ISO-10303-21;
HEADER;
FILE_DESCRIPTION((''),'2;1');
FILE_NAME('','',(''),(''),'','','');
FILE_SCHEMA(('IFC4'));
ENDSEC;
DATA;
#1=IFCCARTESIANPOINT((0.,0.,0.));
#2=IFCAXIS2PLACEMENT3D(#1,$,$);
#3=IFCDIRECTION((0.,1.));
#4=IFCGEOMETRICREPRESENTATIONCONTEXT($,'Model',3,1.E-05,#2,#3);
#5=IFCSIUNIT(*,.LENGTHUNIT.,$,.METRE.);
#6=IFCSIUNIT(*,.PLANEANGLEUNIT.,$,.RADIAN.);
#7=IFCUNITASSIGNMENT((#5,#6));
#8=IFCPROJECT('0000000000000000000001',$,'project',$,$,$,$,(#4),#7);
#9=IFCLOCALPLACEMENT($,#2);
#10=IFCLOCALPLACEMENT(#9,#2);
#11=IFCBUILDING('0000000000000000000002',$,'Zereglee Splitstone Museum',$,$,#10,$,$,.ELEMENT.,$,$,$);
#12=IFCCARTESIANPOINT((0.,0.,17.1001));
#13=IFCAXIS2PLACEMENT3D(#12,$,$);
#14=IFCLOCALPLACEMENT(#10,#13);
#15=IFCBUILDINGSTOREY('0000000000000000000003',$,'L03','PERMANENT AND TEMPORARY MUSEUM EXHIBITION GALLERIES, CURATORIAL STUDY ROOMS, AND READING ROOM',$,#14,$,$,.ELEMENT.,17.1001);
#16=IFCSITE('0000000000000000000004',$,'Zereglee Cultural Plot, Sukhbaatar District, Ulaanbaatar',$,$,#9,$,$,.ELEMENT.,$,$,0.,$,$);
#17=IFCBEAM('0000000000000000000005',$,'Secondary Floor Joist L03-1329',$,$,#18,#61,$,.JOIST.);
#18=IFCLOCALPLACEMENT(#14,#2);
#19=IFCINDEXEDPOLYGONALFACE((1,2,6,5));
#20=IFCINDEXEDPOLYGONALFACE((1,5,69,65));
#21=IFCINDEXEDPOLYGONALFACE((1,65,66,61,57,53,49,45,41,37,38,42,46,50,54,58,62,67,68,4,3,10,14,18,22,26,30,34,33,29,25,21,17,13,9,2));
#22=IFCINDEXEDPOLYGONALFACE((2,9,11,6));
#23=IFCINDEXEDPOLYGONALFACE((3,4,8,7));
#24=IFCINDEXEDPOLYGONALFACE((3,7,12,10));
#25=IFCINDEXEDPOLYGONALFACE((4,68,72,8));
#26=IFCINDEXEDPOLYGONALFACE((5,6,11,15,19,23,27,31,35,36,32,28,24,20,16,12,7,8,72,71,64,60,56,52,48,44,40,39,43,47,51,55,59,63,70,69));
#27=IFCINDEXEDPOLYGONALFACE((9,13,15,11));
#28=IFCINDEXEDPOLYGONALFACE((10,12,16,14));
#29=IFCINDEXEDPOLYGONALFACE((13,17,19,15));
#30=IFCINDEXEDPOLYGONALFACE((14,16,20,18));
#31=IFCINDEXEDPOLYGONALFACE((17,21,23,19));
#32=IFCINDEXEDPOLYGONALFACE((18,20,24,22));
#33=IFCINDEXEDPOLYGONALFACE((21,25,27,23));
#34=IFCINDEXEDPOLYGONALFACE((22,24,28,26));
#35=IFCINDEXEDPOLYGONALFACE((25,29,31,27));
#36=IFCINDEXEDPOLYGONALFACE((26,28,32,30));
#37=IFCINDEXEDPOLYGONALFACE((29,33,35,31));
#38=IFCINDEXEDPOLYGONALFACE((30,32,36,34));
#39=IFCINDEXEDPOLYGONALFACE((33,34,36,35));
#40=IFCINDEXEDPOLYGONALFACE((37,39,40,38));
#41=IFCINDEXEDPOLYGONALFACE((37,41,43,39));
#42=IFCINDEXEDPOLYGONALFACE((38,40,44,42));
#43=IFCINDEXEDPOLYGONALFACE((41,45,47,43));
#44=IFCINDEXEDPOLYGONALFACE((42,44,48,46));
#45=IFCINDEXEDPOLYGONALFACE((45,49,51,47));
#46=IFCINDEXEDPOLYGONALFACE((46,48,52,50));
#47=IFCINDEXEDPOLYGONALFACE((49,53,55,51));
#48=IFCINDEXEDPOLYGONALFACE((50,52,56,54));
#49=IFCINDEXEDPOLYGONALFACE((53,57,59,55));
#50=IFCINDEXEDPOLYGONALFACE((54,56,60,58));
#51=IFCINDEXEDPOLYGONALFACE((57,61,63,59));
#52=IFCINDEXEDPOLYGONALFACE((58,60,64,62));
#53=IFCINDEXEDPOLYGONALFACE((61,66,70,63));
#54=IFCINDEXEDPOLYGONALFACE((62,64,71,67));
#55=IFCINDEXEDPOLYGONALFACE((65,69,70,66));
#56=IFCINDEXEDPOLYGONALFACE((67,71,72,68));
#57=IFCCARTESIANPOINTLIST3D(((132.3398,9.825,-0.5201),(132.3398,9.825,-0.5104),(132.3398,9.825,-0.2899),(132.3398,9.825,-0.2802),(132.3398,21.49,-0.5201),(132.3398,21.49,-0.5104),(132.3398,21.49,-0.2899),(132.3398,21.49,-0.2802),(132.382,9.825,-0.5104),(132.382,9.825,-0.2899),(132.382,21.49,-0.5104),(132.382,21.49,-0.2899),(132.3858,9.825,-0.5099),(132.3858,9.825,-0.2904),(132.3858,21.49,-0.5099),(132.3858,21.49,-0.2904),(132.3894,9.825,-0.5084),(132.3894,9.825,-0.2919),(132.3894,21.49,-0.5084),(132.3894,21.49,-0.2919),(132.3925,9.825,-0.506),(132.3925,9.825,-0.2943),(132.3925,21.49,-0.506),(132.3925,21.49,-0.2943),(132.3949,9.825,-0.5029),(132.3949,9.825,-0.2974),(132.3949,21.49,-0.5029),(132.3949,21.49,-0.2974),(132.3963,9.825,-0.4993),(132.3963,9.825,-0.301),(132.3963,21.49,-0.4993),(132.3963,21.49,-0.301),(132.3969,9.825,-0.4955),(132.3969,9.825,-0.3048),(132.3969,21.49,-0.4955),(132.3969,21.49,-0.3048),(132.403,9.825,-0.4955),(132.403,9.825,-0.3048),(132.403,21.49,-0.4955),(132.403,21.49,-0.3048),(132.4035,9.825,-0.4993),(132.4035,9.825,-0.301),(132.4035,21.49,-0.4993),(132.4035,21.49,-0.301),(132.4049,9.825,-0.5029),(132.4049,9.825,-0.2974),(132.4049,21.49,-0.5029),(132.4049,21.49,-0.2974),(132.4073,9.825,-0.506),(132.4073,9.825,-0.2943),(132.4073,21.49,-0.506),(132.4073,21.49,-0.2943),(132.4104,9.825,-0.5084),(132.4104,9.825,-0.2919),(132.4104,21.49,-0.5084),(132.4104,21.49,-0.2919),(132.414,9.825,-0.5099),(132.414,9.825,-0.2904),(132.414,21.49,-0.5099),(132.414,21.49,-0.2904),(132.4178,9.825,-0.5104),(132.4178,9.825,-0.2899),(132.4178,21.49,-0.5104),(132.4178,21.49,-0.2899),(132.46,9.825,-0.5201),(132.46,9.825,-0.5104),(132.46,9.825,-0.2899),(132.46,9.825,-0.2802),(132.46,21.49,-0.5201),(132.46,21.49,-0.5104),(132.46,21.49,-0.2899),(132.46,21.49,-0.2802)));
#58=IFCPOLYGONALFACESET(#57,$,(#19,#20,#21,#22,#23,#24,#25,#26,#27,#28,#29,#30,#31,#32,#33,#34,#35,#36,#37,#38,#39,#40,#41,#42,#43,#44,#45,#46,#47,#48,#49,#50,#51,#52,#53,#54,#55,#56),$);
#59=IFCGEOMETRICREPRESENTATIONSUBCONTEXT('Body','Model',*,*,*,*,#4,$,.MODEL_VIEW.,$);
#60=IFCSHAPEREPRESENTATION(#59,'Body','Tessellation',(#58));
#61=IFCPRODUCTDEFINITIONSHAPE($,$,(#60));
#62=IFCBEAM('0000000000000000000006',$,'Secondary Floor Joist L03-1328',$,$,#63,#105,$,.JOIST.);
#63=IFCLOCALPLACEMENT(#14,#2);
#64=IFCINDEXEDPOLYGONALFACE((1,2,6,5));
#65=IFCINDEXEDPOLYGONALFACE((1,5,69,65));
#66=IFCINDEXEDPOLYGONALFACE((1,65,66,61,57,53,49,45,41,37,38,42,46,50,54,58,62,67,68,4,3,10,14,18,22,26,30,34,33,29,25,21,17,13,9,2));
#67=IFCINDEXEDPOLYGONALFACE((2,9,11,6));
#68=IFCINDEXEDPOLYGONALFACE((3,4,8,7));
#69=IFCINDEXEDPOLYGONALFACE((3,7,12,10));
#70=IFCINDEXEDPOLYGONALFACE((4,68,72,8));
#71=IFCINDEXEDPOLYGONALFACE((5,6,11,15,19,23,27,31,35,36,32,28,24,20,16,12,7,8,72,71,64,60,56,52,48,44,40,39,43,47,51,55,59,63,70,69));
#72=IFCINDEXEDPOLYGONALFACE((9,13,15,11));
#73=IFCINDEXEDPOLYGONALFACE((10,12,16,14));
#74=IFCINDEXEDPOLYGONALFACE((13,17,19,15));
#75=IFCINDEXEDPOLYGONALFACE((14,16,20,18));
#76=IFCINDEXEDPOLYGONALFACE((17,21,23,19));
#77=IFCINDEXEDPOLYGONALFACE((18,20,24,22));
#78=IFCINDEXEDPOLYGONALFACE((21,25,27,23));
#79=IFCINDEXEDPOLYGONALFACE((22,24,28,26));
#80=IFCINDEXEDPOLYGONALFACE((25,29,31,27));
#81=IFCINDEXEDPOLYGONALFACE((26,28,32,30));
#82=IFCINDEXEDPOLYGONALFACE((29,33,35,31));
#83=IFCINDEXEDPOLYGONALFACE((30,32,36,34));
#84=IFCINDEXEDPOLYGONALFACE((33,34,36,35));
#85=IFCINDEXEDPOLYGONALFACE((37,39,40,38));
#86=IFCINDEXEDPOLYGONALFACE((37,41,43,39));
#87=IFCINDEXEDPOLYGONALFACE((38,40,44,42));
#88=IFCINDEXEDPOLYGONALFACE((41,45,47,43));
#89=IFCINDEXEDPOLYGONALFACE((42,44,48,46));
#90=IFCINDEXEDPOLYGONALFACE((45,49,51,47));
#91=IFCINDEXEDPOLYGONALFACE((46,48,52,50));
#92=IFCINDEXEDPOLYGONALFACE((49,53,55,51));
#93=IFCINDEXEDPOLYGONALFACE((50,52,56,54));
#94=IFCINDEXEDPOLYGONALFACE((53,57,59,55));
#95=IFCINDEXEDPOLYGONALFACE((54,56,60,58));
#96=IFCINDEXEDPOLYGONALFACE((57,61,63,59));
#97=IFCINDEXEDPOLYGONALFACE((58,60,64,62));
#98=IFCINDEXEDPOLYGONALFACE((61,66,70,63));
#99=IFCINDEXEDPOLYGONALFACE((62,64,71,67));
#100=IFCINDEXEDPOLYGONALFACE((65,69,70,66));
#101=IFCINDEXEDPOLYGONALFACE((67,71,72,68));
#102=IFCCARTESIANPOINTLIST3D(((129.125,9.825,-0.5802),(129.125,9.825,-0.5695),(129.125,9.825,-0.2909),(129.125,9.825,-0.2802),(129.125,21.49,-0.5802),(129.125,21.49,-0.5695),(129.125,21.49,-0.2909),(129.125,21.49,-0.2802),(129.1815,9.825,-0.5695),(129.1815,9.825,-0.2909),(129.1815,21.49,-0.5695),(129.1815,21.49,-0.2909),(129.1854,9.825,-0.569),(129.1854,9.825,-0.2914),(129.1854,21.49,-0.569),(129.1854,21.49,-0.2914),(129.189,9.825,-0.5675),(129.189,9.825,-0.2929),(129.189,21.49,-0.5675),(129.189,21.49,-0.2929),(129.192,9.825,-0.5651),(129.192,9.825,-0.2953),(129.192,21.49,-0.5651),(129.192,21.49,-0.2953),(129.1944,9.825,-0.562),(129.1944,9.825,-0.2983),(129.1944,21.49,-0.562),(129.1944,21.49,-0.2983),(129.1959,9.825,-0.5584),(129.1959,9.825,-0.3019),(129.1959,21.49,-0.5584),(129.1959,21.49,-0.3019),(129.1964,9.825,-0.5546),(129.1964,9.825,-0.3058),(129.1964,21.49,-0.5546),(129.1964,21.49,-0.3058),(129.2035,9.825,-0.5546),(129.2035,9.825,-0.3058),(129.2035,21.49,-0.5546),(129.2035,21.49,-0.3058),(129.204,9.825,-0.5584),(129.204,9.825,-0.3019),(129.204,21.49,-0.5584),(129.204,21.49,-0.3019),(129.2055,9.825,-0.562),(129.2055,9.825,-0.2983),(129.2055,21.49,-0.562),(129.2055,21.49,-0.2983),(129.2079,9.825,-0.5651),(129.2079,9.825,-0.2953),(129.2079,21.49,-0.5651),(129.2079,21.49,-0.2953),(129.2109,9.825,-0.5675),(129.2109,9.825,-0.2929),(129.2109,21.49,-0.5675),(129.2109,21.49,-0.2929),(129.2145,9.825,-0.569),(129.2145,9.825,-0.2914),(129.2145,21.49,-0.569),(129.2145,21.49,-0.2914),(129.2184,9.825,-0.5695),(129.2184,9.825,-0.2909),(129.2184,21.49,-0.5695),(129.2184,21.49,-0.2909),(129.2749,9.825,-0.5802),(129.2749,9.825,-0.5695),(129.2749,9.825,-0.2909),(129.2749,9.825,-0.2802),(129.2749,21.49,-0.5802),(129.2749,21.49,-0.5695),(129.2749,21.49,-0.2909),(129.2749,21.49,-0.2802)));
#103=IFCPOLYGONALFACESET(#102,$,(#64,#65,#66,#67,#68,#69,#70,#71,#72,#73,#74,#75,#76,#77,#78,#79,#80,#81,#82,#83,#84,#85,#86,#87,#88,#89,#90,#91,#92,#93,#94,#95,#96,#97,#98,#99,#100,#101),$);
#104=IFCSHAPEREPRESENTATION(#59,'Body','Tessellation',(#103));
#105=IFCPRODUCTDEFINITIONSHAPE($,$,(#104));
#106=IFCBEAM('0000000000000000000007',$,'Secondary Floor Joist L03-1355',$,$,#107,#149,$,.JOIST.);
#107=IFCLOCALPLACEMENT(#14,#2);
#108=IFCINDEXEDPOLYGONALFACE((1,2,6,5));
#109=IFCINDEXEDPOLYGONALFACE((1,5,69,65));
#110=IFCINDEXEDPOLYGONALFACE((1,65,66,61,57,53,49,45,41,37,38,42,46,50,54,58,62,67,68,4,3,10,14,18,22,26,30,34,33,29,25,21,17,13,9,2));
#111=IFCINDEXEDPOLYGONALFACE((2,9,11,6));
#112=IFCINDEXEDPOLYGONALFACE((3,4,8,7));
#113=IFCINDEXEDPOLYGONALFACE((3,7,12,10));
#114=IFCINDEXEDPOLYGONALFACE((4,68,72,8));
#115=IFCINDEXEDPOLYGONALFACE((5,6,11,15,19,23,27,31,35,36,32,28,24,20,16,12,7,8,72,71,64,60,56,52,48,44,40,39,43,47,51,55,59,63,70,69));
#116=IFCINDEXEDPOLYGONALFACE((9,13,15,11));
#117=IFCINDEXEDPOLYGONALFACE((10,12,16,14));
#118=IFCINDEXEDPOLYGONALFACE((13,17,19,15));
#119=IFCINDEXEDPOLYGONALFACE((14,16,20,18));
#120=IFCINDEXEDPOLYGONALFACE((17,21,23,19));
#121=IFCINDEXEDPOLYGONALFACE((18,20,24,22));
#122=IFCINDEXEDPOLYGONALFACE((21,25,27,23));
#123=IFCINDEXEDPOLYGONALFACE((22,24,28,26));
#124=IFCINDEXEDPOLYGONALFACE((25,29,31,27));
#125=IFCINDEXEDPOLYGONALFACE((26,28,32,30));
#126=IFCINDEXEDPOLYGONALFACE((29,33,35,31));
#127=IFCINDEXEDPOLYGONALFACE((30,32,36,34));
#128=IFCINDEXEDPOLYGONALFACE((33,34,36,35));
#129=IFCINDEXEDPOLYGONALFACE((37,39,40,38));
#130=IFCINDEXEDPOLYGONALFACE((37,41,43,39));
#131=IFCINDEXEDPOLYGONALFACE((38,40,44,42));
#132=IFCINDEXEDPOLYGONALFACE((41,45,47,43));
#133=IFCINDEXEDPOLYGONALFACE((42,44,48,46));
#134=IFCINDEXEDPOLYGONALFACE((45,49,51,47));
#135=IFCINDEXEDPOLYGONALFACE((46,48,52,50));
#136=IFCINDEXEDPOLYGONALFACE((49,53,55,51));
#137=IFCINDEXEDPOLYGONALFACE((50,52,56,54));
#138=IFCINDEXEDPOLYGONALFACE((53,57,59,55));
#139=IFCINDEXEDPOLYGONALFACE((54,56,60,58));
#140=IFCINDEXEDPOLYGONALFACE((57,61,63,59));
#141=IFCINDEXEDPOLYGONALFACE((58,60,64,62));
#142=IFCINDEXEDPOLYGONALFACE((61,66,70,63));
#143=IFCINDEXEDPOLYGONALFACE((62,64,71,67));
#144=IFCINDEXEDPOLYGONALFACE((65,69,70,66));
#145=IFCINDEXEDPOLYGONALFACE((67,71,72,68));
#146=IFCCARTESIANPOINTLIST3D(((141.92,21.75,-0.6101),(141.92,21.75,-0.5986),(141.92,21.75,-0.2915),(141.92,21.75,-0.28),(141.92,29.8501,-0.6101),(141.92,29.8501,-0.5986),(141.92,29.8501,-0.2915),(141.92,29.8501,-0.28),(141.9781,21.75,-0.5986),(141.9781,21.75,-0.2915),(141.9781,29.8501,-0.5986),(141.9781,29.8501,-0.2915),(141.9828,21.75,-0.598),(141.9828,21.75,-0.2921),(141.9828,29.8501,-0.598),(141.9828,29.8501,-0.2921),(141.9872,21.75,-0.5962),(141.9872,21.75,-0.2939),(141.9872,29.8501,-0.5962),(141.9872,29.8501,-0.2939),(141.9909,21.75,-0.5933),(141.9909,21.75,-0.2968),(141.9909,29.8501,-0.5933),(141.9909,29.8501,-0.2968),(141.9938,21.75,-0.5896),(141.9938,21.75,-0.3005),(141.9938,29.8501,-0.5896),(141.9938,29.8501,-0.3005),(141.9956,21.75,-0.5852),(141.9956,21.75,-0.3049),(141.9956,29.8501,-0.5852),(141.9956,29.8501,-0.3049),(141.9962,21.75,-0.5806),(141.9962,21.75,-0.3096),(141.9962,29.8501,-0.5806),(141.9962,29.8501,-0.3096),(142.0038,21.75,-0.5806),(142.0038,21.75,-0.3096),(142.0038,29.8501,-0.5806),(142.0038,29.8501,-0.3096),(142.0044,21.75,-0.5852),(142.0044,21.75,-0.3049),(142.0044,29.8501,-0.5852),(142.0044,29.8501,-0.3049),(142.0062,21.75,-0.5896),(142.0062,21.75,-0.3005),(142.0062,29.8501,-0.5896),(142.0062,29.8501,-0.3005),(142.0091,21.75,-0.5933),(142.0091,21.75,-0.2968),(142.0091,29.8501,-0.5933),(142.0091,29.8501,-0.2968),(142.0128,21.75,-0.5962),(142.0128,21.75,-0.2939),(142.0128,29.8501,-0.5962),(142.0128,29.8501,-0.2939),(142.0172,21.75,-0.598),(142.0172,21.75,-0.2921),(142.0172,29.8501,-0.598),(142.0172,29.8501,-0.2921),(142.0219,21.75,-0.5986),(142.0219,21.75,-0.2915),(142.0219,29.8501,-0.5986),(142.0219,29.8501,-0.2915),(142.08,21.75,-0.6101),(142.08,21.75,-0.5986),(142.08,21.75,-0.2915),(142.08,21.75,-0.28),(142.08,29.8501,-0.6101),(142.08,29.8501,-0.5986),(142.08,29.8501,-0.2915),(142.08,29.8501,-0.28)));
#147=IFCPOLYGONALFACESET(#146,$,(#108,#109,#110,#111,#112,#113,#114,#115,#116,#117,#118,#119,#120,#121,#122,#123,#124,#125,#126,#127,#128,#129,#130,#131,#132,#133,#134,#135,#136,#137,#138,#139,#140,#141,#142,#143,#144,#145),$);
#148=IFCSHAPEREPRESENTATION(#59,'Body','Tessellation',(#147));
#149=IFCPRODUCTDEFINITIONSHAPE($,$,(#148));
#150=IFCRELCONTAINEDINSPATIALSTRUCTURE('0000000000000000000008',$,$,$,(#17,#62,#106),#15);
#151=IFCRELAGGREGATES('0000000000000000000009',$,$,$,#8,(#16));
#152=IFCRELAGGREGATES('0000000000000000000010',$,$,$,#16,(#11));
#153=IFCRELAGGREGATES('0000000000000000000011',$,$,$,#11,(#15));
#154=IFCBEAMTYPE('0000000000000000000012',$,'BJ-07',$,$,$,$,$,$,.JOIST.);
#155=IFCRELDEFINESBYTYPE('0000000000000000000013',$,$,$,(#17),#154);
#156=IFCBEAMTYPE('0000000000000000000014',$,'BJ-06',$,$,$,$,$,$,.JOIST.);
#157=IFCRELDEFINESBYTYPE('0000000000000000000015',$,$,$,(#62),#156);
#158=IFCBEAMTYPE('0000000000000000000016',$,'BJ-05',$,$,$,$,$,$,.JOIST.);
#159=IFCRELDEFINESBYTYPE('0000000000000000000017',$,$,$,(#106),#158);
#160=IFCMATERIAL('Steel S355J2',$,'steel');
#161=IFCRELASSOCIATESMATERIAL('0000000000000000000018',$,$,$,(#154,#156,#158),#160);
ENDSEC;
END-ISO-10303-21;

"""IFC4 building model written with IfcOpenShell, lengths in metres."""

from ifc_helpers import new_model, si_unit, direction, frame, origin, origin_2d, place, context, subcontext, project, spatial, i_section, extrude, material, material_profile, profile_set, type_object, element, save


model = new_model("IFC4")

# Units and contexts
model_context = context("Model", 3, precision=1e-05, world=origin(), true_north=direction((0.0, 1.0)))
body_context = subcontext(model_context, "Body", "Model", "MODEL_VIEW")
ifc_project = project(units=[si_unit("LENGTHUNIT", "METRE"), si_unit("PLANEANGLEUNIT", "RADIAN")], contexts=[model_context])

# Site, building, storey
site_placement = place(None, origin())
site = spatial("IfcSite", under=ifc_project, at=site_placement, Name="Zereglee Cultural Plot, Sukhbaatar District, Ulaanbaatar", CompositionType="ELEMENT", RefElevation=0.0)
building_placement = place(site_placement, origin())
building = spatial("IfcBuilding", under=site, at=building_placement, Name="Zereglee Splitstone Museum", CompositionType="ELEMENT")
storey_placement = place(building_placement, frame((0.0, 0.0, 17.1001)))
storey = spatial("IfcBuildingStorey", under=building, at=storey_placement, Name="L03", Description="PERMANENT AND TEMPORARY MUSEUM EXHIBITION GALLERIES, CURATORIAL STUDY ROOMS, AND READING ROOM", CompositionType="ELEMENT", Elevation=17.1001)

# Shared definitions
ifc_material_1 = material(Name="Steel S355J2", Category="steel")

# Beams
ifc_material_profile_1 = material_profile(ifc_material_1, i_section(OverallWidth=0.1201, OverallDepth=0.24, WebThickness=0.0061, FlangeThickness=0.0098, FilletRadius=0.0149, at=origin_2d()), Name="IPE 240")
ifc_profile_set_1 = profile_set([ifc_material_profile_1], Name="Steel S355J2")
beam_type_1 = type_object("IfcBeamType", Name="BJ-07", PredefinedType="JOIST", material=ifc_profile_set_1)
beam_1_placement = place(storey_placement, frame((132.3999, 9.825, -0.4001), z_axis=(0.0, 1.0, 0.0), x_axis=(-1.0, 0.0, 0.0)))
element("IfcBeam", 1, at=beam_1_placement, inside=storey, type_object=beam_type_1, Name="Secondary Floor Joist L03-1329", PredefinedType="JOIST", context=body_context, shape_type="SweptSolid", body=[
    extrude(i_section(OverallWidth=0.1201, OverallDepth=0.24, WebThickness=0.0061, FlangeThickness=0.0098, FilletRadius=0.0149, at=origin_2d()), origin(), (0.0, 0.0, 1.0), 11.665),
])
ifc_material_profile_2 = material_profile(ifc_material_1, i_section(OverallWidth=0.1499, OverallDepth=0.3, WebThickness=0.0071, FlangeThickness=0.0107, FilletRadius=0.0149, at=origin_2d()), Name="IPE 300")
ifc_profile_set_2 = profile_set([ifc_material_profile_2], Name="Steel S355J2")
beam_type_2 = type_object("IfcBeamType", Name="BJ-06", PredefinedType="JOIST", material=ifc_profile_set_2)
beam_2_placement = place(storey_placement, frame((129.2, 9.825, -0.4302), z_axis=(0.0, 1.0, 0.0), x_axis=(-1.0, 0.0, 0.0)))
element("IfcBeam", 2, at=beam_2_placement, inside=storey, type_object=beam_type_2, Name="Secondary Floor Joist L03-1328", PredefinedType="JOIST", context=body_context, shape_type="SweptSolid", body=[
    extrude(i_section(OverallWidth=0.1499, OverallDepth=0.3, WebThickness=0.0071, FlangeThickness=0.0107, FilletRadius=0.0149, at=origin_2d()), origin(), (0.0, 0.0, 1.0), 11.665),
])
ifc_material_profile_3 = material_profile(ifc_material_1, i_section(OverallWidth=0.1599, OverallDepth=0.3301, WebThickness=0.0076, FlangeThickness=0.0115, FilletRadius=0.0181, at=origin_2d()), Name="IPE 330")
ifc_profile_set_3 = profile_set([ifc_material_profile_3], Name="Steel S355J2")
beam_type_3 = type_object("IfcBeamType", Name="BJ-05", PredefinedType="JOIST", material=ifc_profile_set_3)
beam_3_placement = place(storey_placement, frame((142.0, 21.75, -0.4451), z_axis=(0.0, 1.0, 0.0), x_axis=(-1.0, 0.0, 0.0)))
element("IfcBeam", 3, at=beam_3_placement, inside=storey, type_object=beam_type_3, Name="Secondary Floor Joist L03-1355", PredefinedType="JOIST", context=body_context, shape_type="SweptSolid", body=[
    extrude(i_section(OverallWidth=0.1599, OverallDepth=0.3301, WebThickness=0.0076, FlangeThickness=0.0115, FilletRadius=0.0181, at=origin_2d()), origin(), (0.0, 0.0, 1.0), 8.1001),
])

save(model, "model.ifc")
